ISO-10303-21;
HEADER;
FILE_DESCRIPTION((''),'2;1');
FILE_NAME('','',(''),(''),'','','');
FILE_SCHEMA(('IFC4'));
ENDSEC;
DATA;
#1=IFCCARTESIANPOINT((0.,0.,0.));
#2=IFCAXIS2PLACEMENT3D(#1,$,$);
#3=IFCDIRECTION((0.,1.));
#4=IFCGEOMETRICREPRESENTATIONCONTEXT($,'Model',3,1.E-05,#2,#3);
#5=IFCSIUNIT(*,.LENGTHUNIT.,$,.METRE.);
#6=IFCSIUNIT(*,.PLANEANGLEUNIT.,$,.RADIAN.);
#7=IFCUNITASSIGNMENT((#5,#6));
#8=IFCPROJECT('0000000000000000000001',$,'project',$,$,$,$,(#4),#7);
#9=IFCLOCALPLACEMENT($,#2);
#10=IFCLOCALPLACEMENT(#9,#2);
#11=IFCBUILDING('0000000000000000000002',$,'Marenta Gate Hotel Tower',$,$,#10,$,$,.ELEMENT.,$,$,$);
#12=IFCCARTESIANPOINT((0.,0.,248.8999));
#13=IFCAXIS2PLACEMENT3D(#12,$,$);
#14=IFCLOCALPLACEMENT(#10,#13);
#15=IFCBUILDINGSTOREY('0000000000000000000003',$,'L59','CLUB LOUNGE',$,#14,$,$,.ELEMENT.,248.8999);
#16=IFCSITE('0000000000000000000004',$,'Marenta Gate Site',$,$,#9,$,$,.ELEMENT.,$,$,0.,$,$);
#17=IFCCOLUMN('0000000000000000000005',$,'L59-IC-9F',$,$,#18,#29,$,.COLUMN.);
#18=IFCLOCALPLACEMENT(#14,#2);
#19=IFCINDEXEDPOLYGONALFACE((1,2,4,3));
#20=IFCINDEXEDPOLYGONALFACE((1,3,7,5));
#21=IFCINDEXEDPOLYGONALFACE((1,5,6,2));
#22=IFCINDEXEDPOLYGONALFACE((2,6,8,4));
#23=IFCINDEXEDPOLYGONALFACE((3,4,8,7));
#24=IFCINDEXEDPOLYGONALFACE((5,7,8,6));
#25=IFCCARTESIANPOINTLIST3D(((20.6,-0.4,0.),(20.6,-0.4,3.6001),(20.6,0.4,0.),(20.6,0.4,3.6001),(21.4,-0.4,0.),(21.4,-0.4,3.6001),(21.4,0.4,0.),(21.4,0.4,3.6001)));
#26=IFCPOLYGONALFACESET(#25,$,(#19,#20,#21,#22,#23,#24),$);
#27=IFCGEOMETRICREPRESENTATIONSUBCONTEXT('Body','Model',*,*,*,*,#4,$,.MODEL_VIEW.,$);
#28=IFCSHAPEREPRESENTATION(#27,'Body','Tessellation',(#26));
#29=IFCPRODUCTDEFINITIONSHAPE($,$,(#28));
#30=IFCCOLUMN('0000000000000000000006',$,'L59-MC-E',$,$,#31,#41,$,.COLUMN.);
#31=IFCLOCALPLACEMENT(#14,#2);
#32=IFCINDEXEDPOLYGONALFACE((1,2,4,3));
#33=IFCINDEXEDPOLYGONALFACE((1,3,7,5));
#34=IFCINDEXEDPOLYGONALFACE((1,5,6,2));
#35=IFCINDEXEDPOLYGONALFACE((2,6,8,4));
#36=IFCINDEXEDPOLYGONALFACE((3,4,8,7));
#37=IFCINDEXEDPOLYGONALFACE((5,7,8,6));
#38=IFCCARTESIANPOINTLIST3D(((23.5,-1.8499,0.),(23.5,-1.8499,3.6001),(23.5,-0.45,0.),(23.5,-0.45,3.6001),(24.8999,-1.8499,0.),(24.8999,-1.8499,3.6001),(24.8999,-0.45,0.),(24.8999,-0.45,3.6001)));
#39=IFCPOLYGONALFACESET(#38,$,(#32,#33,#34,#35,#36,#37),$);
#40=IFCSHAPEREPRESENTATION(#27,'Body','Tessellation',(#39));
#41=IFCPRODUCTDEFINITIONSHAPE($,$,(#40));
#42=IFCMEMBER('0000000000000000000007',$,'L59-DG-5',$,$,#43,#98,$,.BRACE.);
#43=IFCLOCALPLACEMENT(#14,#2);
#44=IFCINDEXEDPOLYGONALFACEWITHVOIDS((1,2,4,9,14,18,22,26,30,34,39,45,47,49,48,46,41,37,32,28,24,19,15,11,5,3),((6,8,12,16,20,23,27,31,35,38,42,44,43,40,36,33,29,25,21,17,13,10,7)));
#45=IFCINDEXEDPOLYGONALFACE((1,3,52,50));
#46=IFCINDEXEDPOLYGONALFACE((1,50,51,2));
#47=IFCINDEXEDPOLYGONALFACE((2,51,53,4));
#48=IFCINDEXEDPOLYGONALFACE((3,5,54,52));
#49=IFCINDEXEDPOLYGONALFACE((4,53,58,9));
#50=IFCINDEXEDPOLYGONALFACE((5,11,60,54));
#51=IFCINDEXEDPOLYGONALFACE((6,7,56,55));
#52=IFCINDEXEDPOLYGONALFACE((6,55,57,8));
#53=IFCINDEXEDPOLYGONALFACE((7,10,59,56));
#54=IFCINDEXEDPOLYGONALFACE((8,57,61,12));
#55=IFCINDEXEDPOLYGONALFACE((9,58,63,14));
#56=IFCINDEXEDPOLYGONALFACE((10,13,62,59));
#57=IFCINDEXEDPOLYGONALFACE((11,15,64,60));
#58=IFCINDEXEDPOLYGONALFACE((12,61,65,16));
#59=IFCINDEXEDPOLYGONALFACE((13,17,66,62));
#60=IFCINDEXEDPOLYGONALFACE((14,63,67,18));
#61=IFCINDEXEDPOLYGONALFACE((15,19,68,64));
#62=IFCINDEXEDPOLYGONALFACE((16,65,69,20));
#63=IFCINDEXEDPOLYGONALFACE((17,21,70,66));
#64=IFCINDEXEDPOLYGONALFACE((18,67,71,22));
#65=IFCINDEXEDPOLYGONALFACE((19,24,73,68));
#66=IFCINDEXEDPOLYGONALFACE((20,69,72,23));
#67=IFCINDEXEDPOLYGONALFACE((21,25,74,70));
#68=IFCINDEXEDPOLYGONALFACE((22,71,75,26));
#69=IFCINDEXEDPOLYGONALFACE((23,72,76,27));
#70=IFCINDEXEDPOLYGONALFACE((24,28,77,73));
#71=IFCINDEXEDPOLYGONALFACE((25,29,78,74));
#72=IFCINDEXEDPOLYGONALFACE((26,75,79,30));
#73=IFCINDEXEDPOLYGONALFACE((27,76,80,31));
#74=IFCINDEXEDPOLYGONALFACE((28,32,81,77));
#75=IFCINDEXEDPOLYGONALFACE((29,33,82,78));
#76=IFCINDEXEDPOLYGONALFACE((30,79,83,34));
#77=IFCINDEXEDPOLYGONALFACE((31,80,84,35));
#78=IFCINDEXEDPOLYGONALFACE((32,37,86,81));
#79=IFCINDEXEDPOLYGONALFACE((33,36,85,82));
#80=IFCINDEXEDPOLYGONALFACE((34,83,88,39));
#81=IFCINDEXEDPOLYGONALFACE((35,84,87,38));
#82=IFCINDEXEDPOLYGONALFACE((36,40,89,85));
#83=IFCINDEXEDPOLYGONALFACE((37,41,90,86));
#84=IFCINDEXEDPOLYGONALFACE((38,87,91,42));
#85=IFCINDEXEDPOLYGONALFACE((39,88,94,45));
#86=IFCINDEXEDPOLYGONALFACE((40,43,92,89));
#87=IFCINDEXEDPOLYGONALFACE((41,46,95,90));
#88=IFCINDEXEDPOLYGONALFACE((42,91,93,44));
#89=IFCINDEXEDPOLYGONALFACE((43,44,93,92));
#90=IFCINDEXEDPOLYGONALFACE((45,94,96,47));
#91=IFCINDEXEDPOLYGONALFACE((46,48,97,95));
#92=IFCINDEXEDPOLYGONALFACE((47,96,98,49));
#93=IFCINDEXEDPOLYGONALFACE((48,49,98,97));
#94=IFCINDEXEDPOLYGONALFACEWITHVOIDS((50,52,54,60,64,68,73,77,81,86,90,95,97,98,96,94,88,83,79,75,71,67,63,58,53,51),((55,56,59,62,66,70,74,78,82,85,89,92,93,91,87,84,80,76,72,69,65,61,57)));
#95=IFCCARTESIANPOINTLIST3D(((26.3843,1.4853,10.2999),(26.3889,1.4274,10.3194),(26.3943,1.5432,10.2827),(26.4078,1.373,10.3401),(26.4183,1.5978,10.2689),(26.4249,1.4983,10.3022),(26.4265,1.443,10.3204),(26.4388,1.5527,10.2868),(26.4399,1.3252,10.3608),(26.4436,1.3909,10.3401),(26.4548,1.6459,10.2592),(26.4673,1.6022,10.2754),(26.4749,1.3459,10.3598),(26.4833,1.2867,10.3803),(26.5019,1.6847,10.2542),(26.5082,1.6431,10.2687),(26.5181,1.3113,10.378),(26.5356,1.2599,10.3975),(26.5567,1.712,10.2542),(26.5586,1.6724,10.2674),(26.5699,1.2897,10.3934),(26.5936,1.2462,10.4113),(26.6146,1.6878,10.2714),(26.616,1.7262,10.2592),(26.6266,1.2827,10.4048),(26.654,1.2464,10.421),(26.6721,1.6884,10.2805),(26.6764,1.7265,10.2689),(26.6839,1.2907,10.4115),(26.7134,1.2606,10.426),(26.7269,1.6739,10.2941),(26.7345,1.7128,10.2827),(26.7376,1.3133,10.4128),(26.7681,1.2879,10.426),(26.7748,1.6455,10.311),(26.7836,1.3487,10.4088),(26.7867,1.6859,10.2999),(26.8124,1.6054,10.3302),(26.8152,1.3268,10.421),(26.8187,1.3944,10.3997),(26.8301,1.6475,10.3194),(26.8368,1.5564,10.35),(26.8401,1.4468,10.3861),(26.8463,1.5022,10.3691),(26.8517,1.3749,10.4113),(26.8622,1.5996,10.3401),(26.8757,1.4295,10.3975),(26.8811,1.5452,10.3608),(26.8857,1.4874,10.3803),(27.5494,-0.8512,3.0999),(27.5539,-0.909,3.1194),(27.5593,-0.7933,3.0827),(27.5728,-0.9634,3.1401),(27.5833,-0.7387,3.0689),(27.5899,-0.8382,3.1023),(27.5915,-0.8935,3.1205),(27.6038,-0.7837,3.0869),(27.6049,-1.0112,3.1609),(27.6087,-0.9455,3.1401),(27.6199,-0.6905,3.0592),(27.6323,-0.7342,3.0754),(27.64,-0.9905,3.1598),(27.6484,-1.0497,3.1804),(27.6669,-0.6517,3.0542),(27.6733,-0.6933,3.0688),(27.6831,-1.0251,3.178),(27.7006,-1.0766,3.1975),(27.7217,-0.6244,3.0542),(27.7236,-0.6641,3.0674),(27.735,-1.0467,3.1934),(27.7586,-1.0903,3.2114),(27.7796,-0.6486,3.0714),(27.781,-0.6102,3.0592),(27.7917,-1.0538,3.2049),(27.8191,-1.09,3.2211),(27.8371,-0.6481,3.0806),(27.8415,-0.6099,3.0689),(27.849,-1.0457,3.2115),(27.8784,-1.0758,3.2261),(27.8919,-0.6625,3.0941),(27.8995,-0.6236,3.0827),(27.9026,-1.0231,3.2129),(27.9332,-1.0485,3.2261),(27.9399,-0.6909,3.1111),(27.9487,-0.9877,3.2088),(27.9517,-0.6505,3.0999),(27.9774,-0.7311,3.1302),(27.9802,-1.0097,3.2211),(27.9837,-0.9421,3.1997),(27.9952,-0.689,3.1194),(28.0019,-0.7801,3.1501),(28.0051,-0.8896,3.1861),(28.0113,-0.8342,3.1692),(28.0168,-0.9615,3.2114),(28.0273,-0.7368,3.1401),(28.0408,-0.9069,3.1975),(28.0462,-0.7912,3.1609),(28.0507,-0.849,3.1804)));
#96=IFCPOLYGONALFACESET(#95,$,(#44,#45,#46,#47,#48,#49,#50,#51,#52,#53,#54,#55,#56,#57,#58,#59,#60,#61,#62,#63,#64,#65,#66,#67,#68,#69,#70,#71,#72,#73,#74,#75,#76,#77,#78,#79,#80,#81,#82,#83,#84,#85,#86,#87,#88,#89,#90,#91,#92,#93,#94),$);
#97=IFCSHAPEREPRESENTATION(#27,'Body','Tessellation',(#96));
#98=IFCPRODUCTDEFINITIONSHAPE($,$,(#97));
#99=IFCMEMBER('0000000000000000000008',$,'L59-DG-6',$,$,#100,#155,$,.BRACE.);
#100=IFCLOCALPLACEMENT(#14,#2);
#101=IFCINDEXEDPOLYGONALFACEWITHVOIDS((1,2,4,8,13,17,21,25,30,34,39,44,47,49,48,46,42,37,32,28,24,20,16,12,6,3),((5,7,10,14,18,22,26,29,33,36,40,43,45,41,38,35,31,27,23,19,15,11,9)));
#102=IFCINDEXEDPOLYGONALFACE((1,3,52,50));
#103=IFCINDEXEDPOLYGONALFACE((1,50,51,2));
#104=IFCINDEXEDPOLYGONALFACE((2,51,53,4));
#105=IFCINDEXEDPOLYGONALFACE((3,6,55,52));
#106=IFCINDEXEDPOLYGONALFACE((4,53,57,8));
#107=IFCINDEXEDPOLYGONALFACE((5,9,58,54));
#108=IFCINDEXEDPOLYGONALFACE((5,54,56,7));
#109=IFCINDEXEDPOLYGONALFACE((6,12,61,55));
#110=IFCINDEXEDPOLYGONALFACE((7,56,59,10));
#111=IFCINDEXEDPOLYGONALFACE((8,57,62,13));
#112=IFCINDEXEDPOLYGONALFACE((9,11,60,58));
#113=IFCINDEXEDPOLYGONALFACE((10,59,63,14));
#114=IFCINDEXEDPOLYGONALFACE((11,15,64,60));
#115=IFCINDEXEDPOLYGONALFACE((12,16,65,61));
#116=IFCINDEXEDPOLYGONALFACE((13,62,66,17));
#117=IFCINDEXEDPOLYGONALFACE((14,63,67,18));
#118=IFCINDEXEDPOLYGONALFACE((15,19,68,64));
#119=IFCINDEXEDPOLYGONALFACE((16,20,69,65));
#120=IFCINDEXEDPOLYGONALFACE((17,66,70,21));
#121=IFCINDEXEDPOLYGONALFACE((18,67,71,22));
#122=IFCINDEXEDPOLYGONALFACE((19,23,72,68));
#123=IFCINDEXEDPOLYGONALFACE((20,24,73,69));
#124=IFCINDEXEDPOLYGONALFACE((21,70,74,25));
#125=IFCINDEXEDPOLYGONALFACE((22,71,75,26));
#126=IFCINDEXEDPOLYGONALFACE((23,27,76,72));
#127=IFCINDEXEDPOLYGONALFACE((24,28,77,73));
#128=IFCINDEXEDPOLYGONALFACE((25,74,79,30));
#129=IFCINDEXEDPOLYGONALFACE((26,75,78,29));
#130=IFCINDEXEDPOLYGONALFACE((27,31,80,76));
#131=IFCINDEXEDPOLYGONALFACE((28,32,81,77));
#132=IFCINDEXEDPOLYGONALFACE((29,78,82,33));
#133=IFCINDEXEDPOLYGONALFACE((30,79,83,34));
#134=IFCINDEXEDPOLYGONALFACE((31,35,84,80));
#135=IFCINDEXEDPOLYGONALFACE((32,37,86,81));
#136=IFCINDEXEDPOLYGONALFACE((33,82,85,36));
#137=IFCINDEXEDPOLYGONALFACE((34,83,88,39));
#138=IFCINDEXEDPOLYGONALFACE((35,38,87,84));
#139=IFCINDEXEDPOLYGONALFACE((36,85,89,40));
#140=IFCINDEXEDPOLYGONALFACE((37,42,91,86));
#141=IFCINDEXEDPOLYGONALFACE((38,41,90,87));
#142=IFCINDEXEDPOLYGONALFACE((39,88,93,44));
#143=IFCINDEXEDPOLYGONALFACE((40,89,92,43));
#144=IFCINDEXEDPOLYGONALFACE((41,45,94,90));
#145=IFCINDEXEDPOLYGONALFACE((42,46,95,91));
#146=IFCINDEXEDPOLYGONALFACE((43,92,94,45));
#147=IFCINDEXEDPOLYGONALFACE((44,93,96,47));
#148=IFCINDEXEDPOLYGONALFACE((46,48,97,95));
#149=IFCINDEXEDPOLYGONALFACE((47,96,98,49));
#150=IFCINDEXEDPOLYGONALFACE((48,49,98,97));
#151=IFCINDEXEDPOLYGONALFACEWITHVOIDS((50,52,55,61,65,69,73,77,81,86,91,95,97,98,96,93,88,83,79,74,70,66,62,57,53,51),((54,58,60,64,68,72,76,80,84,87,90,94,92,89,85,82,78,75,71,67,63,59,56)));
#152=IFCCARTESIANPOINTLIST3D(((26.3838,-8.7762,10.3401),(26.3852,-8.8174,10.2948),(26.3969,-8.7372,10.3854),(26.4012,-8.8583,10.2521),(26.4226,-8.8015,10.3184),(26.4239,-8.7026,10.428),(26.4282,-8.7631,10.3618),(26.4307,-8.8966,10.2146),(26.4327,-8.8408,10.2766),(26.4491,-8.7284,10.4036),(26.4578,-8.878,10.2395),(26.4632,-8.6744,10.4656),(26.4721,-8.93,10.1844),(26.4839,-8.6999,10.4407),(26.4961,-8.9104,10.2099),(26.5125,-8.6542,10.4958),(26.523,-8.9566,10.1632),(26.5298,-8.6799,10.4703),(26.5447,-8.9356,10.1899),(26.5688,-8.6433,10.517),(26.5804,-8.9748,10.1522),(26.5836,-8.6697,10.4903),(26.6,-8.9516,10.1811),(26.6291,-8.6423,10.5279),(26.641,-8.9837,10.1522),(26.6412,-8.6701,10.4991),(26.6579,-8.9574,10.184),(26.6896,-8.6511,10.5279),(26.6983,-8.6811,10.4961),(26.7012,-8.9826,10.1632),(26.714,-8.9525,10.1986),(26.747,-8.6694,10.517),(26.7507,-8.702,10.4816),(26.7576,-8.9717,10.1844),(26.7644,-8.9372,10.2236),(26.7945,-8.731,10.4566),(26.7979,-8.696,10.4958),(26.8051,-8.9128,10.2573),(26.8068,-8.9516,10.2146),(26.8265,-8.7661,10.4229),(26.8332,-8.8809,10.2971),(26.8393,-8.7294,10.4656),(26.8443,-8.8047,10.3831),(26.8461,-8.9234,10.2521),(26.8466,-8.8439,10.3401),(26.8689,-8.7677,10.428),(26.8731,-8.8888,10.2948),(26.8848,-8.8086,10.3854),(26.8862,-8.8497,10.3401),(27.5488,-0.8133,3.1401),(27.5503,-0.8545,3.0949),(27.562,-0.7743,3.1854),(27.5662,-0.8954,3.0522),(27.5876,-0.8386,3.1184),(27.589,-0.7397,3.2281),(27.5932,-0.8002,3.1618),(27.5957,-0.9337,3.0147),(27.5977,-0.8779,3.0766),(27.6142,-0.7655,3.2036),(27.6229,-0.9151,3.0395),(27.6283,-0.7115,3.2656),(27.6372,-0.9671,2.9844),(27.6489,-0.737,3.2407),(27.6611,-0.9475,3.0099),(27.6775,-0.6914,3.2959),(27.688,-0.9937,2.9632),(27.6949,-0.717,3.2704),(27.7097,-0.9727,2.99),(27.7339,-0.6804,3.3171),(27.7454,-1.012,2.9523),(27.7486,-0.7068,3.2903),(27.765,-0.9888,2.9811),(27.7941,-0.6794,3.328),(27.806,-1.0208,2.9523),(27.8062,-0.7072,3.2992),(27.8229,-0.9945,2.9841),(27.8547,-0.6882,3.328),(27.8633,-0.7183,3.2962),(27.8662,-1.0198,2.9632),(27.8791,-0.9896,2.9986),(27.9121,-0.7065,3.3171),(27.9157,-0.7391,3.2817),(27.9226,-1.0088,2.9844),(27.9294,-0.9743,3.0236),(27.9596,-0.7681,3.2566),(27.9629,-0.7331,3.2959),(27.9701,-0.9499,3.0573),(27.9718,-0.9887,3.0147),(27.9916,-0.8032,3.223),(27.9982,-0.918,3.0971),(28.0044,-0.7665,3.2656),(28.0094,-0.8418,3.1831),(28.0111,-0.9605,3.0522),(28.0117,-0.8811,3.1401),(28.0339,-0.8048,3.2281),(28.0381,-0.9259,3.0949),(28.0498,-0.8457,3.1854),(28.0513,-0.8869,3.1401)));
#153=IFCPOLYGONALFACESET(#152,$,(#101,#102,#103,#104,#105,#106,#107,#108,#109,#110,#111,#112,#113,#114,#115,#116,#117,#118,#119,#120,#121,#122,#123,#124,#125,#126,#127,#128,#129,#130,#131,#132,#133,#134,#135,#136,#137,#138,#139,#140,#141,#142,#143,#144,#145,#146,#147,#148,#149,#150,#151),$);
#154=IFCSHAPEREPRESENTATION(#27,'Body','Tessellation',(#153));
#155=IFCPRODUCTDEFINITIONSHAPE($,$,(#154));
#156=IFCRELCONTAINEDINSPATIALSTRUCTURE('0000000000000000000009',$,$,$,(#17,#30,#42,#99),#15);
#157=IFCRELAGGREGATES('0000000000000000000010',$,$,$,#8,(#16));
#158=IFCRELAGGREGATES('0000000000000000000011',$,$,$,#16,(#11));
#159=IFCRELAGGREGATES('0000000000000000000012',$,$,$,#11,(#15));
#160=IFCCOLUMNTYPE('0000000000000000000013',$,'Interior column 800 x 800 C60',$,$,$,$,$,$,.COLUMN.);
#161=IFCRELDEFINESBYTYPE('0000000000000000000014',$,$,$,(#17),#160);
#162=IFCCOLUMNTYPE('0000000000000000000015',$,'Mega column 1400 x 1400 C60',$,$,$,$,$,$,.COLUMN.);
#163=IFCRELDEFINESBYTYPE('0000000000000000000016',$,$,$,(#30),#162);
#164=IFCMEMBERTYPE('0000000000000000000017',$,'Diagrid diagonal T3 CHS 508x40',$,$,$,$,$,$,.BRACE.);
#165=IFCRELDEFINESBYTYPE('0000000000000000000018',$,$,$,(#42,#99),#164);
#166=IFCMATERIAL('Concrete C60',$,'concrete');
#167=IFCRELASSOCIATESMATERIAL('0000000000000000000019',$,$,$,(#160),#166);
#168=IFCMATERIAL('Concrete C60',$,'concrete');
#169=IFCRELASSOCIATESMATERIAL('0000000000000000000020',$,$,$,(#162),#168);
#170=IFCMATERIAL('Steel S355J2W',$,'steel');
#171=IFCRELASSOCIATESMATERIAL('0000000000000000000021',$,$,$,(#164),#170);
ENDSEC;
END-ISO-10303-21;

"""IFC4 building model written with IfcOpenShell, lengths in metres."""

from ifc_helpers import new_model, si_unit, direction, frame, origin, origin_2d, place, context, subcontext, project, spatial, rectangle, hollow_circle, extrude, material, material_profile, profile_set, type_object, element, save


model = new_model("IFC4")

# Units and contexts
model_context = context("Model", 3, precision=1e-05, world=origin(), true_north=direction((0.0, 1.0)))
body_context = subcontext(model_context, "Body", "Model", "MODEL_VIEW")
ifc_project = project(units=[si_unit("LENGTHUNIT", "METRE"), si_unit("PLANEANGLEUNIT", "RADIAN")], contexts=[model_context])

# Site, building, storey
site_placement = place(None, origin())
site = spatial("IfcSite", under=ifc_project, at=site_placement, Name="Marenta Gate Site", CompositionType="ELEMENT", RefElevation=0.0)
building_placement = place(site_placement, origin())
building = spatial("IfcBuilding", under=site, at=building_placement, Name="Marenta Gate Hotel Tower", CompositionType="ELEMENT")
storey_placement = place(building_placement, frame((0.0, 0.0, 248.8999)))
storey = spatial("IfcBuildingStorey", under=building, at=storey_placement, Name="L59", Description="CLUB LOUNGE", CompositionType="ELEMENT", Elevation=248.8999)

# Columns
ifc_material_1 = material(Name="Concrete C60", Category="concrete")
ifc_material_profile_1 = material_profile(ifc_material_1, rectangle(XDim=0.8, YDim=0.8, at=origin_2d()), Name="800 x 800")
ifc_profile_set_1 = profile_set([ifc_material_profile_1], Name="Concrete C60")
column_type_1 = type_object("IfcColumnType", Name="Interior column 800 x 800 C60", PredefinedType="COLUMN", material=ifc_profile_set_1)
column_1_placement = place(storey_placement, frame((21.0, 0.0, 0.0), z_axis=(0.0, 0.0, 1.0), x_axis=(1.0, 0.0, 0.0)))
element("IfcColumn", 1, at=column_1_placement, inside=storey, type_object=column_type_1, Name="L59-IC-9F", PredefinedType="COLUMN", context=body_context, shape_type="SweptSolid", body=[
    extrude(rectangle(XDim=0.8, YDim=0.8, at=origin_2d()), origin(), (0.0, 0.0, 1.0), 3.6001),
])
ifc_material_2 = material(Name="Concrete C60", Category="concrete")
ifc_material_profile_2 = material_profile(ifc_material_2, rectangle(XDim=1.3999, YDim=1.3999, at=origin_2d()), Name="1400 x 1400")
ifc_profile_set_2 = profile_set([ifc_material_profile_2], Name="Concrete C60")
column_type_2 = type_object("IfcColumnType", Name="Mega column 1400 x 1400 C60", PredefinedType="COLUMN", material=ifc_profile_set_2)
column_2_placement = place(storey_placement, frame((24.2, -1.1499, 0.0), z_axis=(0.0, 0.0, 1.0), x_axis=(1.0, 0.0, 0.0)))
element("IfcColumn", 2, at=column_2_placement, inside=storey, type_object=column_type_2, Name="L59-MC-E", PredefinedType="COLUMN", context=body_context, shape_type="SweptSolid", body=[
    extrude(rectangle(XDim=1.3999, YDim=1.3999, at=origin_2d()), origin(), (0.0, 0.0, 1.0), 3.6001),
])

# Members
ifc_material_3 = material(Name="Steel S355J2W", Category="steel")
ifc_material_profile_3 = material_profile(ifc_material_3, hollow_circle(Radius=0.2539, WallThickness=0.04, at=origin_2d()), Name="CHS 508x40")
ifc_profile_set_3 = profile_set([ifc_material_profile_3], Name="Steel S355J2W")
member_type_1 = type_object("IfcMemberType", Name="Diagrid diagonal T3 CHS 508x40", PredefinedType="BRACE", material=ifc_profile_set_3)
member_1_placement = place(storey_placement, frame((27.8, -0.8501, 3.1401), z_axis=(-0.15212, 0.305069, 0.940102), x_axis=(-0.894913, -0.446241, 0.0)))
element("IfcMember", 3, at=member_1_placement, inside=storey, type_object=member_type_1, Name="L59-DG-5", PredefinedType="BRACE", context=body_context, shape_type="SweptSolid", body=[
    extrude(hollow_circle(Radius=0.2539, WallThickness=0.04, at=origin_2d()), origin(), (0.0, 0.0, 1.0), 7.6587),
])
member_2_placement = place(storey_placement, frame((27.8, -0.8501, 3.1401), z_axis=(-0.107891, -0.737418, 0.666764), x_axis=(0.989466, -0.144767, 0.0)))
element("IfcMember", 4, at=member_2_placement, inside=storey, type_object=member_type_1, Name="L59-DG-6", PredefinedType="BRACE", context=body_context, shape_type="SweptSolid", body=[
    extrude(hollow_circle(Radius=0.2539, WallThickness=0.04, at=origin_2d()), origin(), (0.0, 0.0, 1.0), 10.7983),
])

save(model, "model.ifc")
